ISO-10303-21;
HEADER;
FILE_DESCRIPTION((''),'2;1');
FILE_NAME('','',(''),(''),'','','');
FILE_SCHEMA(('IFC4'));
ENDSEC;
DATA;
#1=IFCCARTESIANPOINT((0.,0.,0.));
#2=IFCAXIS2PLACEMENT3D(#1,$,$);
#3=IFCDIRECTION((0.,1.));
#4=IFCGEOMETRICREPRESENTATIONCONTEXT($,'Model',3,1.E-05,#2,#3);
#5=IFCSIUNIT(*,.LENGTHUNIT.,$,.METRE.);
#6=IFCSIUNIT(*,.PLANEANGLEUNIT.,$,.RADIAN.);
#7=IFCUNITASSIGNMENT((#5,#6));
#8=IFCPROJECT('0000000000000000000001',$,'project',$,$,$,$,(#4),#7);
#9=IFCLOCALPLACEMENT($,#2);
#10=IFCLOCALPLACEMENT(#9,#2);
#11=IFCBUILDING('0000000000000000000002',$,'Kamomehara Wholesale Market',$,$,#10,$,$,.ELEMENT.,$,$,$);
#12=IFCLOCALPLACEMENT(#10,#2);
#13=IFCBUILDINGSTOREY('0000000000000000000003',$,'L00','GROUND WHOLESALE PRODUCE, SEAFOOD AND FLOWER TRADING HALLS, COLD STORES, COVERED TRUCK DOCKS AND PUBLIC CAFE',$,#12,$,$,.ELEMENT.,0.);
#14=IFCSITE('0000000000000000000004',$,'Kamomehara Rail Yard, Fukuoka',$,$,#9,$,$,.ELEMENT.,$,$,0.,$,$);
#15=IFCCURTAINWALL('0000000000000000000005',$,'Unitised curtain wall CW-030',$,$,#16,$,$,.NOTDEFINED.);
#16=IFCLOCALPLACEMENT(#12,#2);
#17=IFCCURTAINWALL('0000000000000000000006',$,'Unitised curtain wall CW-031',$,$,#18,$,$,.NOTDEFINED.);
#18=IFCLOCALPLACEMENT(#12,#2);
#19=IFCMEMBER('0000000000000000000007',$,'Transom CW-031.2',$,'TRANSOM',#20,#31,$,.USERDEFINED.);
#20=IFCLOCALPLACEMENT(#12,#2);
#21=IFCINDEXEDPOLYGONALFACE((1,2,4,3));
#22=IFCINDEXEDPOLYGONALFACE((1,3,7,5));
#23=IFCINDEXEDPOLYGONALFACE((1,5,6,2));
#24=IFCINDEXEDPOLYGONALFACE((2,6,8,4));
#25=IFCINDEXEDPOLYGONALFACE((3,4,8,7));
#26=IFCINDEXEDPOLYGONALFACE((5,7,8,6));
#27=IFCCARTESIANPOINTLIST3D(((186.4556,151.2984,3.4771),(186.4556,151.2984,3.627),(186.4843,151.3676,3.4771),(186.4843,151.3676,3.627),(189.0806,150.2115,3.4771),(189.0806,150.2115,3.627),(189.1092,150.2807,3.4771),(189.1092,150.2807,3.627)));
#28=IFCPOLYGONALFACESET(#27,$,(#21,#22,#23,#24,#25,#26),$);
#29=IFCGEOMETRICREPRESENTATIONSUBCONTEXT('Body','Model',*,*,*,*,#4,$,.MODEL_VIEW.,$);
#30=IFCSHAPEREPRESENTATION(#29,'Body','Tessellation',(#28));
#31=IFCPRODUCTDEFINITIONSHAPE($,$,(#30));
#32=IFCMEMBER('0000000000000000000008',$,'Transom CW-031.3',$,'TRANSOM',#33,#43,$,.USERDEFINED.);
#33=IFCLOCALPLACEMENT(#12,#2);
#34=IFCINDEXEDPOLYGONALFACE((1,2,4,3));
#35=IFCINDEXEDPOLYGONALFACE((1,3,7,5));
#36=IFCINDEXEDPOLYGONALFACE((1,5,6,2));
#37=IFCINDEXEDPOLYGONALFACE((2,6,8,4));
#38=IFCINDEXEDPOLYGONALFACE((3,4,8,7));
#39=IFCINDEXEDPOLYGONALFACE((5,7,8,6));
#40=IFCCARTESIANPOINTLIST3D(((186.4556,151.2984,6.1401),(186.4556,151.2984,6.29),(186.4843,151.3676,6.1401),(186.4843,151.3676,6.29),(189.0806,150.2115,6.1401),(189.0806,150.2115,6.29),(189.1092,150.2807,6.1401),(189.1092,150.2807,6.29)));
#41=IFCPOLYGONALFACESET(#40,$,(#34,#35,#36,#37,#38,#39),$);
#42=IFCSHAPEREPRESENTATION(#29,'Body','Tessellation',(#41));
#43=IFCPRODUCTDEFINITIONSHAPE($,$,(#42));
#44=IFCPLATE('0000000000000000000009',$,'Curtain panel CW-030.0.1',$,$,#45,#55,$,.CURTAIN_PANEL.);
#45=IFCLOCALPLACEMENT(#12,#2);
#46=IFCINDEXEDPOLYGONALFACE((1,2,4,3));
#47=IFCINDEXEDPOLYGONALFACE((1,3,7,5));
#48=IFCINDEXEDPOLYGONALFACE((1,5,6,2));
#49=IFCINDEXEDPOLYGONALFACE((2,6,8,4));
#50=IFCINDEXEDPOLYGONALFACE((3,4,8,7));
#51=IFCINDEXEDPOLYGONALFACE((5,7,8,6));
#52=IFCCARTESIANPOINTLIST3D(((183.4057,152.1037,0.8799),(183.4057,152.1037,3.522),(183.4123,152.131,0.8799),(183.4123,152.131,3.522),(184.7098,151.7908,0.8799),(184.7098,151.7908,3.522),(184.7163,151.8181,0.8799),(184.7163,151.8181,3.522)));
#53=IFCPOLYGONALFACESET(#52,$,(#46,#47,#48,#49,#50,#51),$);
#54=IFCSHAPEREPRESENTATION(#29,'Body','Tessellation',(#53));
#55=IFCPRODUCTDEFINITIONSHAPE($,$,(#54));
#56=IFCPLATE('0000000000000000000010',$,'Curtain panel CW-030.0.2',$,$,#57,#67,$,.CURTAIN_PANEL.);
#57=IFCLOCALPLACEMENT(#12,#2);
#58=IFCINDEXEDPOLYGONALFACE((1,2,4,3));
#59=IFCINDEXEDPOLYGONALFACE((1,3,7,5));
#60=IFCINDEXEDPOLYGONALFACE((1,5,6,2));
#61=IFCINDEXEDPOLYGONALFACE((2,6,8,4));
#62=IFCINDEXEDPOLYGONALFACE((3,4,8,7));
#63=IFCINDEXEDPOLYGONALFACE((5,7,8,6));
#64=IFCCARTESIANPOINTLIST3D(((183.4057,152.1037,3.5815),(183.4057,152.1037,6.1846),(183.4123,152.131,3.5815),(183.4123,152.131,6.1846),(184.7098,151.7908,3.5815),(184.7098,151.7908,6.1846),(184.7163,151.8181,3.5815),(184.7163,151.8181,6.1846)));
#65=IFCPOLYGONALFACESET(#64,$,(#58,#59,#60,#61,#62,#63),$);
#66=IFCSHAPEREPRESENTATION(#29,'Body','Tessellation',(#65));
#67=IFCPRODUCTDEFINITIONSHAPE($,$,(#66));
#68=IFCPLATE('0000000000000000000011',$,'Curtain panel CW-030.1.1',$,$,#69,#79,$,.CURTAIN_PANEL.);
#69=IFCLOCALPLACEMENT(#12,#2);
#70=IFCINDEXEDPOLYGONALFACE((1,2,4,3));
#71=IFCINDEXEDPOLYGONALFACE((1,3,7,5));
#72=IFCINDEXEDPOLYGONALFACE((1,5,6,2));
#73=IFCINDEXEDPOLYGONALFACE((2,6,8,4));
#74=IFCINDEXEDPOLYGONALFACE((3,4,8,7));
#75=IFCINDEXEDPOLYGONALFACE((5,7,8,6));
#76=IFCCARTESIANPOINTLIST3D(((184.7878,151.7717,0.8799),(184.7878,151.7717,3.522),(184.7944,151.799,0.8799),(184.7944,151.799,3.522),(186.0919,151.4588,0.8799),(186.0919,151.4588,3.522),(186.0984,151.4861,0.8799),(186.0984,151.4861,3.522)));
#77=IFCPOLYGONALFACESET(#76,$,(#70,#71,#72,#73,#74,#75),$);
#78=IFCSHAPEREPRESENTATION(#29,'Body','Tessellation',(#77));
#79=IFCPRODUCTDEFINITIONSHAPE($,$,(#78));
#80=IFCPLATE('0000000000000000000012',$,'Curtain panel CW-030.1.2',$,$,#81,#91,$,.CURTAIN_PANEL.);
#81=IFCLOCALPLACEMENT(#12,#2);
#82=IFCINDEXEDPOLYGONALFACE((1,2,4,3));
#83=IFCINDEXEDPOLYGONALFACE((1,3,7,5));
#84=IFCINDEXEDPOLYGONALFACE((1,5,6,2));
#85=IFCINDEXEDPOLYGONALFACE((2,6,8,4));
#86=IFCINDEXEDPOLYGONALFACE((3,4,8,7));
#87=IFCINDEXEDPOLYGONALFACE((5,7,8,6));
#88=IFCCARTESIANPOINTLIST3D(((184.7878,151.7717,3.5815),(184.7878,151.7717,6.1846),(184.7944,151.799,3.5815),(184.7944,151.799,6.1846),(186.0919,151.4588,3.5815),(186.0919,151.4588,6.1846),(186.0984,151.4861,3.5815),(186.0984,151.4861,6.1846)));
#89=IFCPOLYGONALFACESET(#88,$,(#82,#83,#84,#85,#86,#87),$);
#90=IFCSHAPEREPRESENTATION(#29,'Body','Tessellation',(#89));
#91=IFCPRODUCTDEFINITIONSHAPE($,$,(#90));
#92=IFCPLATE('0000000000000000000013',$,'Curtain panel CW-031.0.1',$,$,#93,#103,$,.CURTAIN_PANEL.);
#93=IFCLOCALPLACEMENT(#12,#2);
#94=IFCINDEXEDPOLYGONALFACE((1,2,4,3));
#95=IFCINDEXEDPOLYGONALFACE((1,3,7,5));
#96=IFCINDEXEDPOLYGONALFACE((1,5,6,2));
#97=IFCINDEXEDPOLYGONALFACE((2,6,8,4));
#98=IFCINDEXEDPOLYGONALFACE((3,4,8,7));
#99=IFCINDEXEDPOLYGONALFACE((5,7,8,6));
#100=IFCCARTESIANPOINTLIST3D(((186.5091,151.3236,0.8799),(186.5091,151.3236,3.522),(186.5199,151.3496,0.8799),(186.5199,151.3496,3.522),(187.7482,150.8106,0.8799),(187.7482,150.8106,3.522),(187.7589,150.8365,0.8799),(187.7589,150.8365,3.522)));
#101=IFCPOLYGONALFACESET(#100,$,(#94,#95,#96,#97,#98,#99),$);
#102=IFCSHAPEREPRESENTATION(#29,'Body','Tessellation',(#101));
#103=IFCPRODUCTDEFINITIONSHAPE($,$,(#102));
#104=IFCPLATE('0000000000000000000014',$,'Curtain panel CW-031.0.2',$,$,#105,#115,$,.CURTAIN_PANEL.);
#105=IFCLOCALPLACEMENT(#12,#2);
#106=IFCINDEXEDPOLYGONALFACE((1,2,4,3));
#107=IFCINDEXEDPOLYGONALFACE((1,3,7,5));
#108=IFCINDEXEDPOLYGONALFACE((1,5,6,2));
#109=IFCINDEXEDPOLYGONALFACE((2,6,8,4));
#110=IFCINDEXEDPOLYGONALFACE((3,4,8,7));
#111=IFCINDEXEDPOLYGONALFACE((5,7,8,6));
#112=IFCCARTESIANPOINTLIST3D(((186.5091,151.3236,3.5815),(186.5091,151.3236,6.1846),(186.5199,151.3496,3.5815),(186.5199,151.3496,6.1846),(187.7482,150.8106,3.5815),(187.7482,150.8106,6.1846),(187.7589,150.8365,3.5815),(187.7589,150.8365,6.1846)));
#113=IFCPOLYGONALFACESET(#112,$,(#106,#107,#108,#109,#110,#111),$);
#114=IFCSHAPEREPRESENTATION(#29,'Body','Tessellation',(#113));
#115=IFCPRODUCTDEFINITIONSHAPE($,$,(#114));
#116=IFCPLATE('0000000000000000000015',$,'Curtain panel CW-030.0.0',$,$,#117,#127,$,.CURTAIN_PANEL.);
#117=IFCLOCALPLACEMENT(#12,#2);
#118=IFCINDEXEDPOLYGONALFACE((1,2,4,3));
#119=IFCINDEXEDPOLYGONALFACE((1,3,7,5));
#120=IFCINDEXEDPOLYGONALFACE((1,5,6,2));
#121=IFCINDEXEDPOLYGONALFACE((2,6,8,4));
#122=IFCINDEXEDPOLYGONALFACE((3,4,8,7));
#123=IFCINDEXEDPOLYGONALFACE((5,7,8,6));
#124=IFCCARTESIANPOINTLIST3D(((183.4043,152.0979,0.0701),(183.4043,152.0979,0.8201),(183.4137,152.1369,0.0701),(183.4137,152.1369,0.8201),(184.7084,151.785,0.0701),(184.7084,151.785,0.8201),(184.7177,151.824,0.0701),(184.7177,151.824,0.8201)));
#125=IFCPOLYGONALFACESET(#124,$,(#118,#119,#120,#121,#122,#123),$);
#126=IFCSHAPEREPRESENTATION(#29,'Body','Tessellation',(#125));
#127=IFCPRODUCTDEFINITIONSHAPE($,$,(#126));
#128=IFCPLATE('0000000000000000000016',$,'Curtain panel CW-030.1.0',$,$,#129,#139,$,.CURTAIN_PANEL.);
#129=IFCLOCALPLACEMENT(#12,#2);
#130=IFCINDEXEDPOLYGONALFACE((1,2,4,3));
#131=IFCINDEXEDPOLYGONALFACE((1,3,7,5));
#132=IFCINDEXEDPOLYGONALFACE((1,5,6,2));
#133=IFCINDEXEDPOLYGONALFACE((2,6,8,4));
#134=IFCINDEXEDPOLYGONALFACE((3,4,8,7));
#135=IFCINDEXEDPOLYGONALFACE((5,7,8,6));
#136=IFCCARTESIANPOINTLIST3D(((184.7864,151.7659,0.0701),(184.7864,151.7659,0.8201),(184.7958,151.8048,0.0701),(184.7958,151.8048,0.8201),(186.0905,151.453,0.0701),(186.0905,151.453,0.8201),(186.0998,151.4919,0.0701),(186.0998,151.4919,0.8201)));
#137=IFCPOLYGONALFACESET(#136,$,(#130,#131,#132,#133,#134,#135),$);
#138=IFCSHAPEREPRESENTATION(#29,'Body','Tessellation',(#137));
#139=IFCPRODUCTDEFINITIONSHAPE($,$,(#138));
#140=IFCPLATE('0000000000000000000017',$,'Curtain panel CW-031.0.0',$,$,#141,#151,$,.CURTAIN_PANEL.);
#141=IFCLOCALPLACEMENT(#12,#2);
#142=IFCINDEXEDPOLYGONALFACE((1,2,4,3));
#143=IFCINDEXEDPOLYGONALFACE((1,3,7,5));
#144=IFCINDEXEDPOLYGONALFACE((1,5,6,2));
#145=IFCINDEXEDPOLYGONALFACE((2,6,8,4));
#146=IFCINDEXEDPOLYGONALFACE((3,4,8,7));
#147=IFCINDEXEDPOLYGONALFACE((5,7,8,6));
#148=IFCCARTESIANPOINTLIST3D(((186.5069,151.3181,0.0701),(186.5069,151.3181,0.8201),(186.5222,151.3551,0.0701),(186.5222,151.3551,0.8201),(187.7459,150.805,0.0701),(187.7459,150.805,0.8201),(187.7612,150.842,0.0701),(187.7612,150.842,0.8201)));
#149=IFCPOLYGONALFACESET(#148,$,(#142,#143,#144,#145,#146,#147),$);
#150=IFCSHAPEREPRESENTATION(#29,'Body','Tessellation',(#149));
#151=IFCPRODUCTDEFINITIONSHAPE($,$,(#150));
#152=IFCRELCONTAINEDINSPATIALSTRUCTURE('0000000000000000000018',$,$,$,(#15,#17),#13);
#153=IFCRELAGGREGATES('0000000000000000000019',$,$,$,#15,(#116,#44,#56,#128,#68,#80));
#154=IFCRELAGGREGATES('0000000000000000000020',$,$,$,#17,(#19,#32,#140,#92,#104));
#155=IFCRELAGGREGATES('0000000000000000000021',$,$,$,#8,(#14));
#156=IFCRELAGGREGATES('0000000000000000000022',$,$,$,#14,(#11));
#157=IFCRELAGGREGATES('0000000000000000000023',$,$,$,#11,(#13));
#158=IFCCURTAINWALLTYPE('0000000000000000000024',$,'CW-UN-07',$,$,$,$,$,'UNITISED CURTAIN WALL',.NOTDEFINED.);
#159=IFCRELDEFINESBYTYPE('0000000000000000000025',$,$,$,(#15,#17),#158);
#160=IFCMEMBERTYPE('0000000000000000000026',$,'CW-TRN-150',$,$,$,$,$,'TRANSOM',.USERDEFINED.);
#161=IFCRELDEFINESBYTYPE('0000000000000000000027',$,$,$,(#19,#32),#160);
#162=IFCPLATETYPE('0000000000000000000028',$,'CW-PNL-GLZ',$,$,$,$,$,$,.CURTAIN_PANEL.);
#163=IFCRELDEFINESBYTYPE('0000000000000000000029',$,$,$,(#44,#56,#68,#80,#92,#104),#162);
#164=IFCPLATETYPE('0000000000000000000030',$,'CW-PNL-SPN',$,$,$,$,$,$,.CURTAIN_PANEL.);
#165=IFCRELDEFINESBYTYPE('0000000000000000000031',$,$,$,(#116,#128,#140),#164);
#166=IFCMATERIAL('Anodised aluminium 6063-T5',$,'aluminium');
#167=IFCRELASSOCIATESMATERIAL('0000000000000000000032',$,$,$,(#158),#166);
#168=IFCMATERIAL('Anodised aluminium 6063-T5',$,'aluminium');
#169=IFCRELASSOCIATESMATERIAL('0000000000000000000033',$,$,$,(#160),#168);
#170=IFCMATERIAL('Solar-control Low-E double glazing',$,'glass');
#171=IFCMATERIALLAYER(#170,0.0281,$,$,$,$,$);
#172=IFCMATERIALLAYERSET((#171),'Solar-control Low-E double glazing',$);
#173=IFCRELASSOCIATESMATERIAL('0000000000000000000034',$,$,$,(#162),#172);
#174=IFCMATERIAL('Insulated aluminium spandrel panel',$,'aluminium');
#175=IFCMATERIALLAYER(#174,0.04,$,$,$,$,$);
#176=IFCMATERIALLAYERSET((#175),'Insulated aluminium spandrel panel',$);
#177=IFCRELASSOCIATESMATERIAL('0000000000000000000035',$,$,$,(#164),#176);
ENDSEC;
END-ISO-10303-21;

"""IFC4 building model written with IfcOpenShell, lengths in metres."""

from ifc_helpers import new_model, si_unit, direction, frame, origin, origin_2d, place, context, subcontext, project, spatial, rectangle, extrude, material, layer, layer_set, material_profile, profile_set, type_object, element, aggregate, save


model = new_model("IFC4")

# Units and contexts
model_context = context("Model", 3, precision=1e-05, world=origin(), true_north=direction((0.0, 1.0)))
body_context = subcontext(model_context, "Body", "Model", "MODEL_VIEW")
ifc_project = project(units=[si_unit("LENGTHUNIT", "METRE"), si_unit("PLANEANGLEUNIT", "RADIAN")], contexts=[model_context])

# Site, building, storey
site_placement = place(None, origin())
site = spatial("IfcSite", under=ifc_project, at=site_placement, Name="Kamomehara Rail Yard, Fukuoka", CompositionType="ELEMENT", RefElevation=0.0)
building_placement = place(site_placement, origin())
building = spatial("IfcBuilding", under=site, at=building_placement, Name="Kamomehara Wholesale Market", CompositionType="ELEMENT")
storey_placement = place(building_placement, origin())
storey = spatial("IfcBuildingStorey", under=building, at=storey_placement, Name="L00", Description="GROUND WHOLESALE PRODUCE, SEAFOOD AND FLOWER TRADING HALLS, COLD STORES, COVERED TRUCK DOCKS AND PUBLIC CAFE", CompositionType="ELEMENT", Elevation=0.0)

# Curtain walls, members
ifc_material_1 = material(Name="Anodised aluminium 6063-T5", Category="aluminium")
curtain_wall_type = type_object("IfcCurtainWallType", Name="CW-UN-07", ElementType="UNITISED CURTAIN WALL", PredefinedType="NOTDEFINED", material=ifc_material_1)
curtain_wall_1_placement = place(storey_placement, origin())
curtain_wall_1 = element("IfcCurtainWall", 1, at=curtain_wall_1_placement, inside=storey, type_object=curtain_wall_type, Name="Unitised curtain wall CW-030", PredefinedType="NOTDEFINED")
curtain_wall_2_placement = place(storey_placement, origin())
curtain_wall_2 = element("IfcCurtainWall", 2, at=curtain_wall_2_placement, inside=storey, type_object=curtain_wall_type, Name="Unitised curtain wall CW-031", PredefinedType="NOTDEFINED")
ifc_material_2 = material(Name="Anodised aluminium 6063-T5", Category="aluminium")
ifc_material_profile_1 = material_profile(ifc_material_2, rectangle(XDim=0.075, YDim=0.1499, at=origin_2d()), Name="ALU-TRN-75x150")
ifc_profile_set_1 = profile_set([ifc_material_profile_1], Name="Anodised aluminium 6063-T5")
member_type_1 = type_object("IfcMemberType", Name="CW-TRN-150", ElementType="TRANSOM", PredefinedType="USERDEFINED", material=ifc_profile_set_1)
member_1_placement = place(storey_placement, frame((186.47, 151.333, 3.552), z_axis=(0.923929, -0.382564, 0.0), x_axis=(0.382564, 0.923929, 0.0)))
member_1 = element("IfcMember", 3, at=member_1_placement, type_object=member_type_1, Name="Transom CW-031.2", ObjectType="TRANSOM", PredefinedType="USERDEFINED", context=body_context, shape_type="SweptSolid", body=[
    extrude(rectangle(XDim=0.075, YDim=0.1499, at=origin_2d()), origin(), (0.0, 0.0, 1.0), 2.8411),
])
member_2_placement = place(storey_placement, frame((186.47, 151.333, 6.2151), z_axis=(0.923929, -0.382564, 0.0), x_axis=(0.382564, 0.923929, 0.0)))
member_2 = element("IfcMember", 4, at=member_2_placement, type_object=member_type_1, Name="Transom CW-031.3", ObjectType="TRANSOM", PredefinedType="USERDEFINED", context=body_context, shape_type="SweptSolid", body=[
    extrude(rectangle(XDim=0.075, YDim=0.1499, at=origin_2d()), origin(), (0.0, 0.0, 1.0), 2.8411),
])

# Plates
ifc_material_3 = material(Name="Solar-control Low-E double glazing", Category="glass")
ifc_layer_1 = layer(ifc_material_3, 0.0281)
ifc_layer_set_1 = layer_set([ifc_layer_1], Name="Solar-control Low-E double glazing")
plate_type_1 = type_object("IfcPlateType", Name="CW-PNL-GLZ", PredefinedType="CURTAIN_PANEL", material=ifc_layer_set_1)
plate_1_placement = place(storey_placement, frame((184.061, 151.9609, 0.8799), z_axis=(0.0, 0.0, 1.0), x_axis=(0.972398, -0.233327, 0.0)))
plate_1 = element("IfcPlate", 5, at=plate_1_placement, type_object=plate_type_1, Name="Curtain panel CW-030.0.1", PredefinedType="CURTAIN_PANEL", context=body_context, shape_type="SweptSolid", body=[
    extrude(rectangle(XDim=1.3411, YDim=0.0281, at=origin_2d()), origin(), (0.0, 0.0, 1.0), 2.6421),
])
plate_2_placement = place(storey_placement, frame((184.061, 151.9609, 3.5815), z_axis=(0.0, 0.0, 1.0), x_axis=(0.972398, -0.233327, 0.0)))
plate_2 = element("IfcPlate", 6, at=plate_2_placement, type_object=plate_type_1, Name="Curtain panel CW-030.0.2", PredefinedType="CURTAIN_PANEL", context=body_context, shape_type="SweptSolid", body=[
    extrude(rectangle(XDim=1.3411, YDim=0.0281, at=origin_2d()), origin(), (0.0, 0.0, 1.0), 2.603),
])
plate_3_placement = place(storey_placement, frame((185.4431, 151.6289, 0.8799), z_axis=(0.0, 0.0, 1.0), x_axis=(0.972398, -0.233327, 0.0)))
plate_3 = element("IfcPlate", 7, at=plate_3_placement, type_object=plate_type_1, Name="Curtain panel CW-030.1.1", PredefinedType="CURTAIN_PANEL", context=body_context, shape_type="SweptSolid", body=[
    extrude(rectangle(XDim=1.3411, YDim=0.0281, at=origin_2d()), origin(), (0.0, 0.0, 1.0), 2.6421),
])
plate_4_placement = place(storey_placement, frame((185.4431, 151.6289, 3.5815), z_axis=(0.0, 0.0, 1.0), x_axis=(0.972398, -0.233327, 0.0)))
plate_4 = element("IfcPlate", 8, at=plate_4_placement, type_object=plate_type_1, Name="Curtain panel CW-030.1.2", PredefinedType="CURTAIN_PANEL", context=body_context, shape_type="SweptSolid", body=[
    extrude(rectangle(XDim=1.3411, YDim=0.0281, at=origin_2d()), origin(), (0.0, 0.0, 1.0), 2.603),
])
plate_5_placement = place(storey_placement, frame((187.134, 151.0801, 0.8799), z_axis=(0.0, 0.0, 1.0), x_axis=(0.92392, -0.382587, 0.0)))
plate_5 = element("IfcPlate", 9, at=plate_5_placement, type_object=plate_type_1, Name="Curtain panel CW-031.0.1", PredefinedType="CURTAIN_PANEL", context=body_context, shape_type="SweptSolid", body=[
    extrude(rectangle(XDim=1.3411, YDim=0.0281, at=origin_2d()), origin(), (0.0, 0.0, 1.0), 2.6421),
])
plate_6_placement = place(storey_placement, frame((187.134, 151.0801, 3.5815), z_axis=(0.0, 0.0, 1.0), x_axis=(0.92392, -0.382587, 0.0)))
plate_6 = element("IfcPlate", 10, at=plate_6_placement, type_object=plate_type_1, Name="Curtain panel CW-031.0.2", PredefinedType="CURTAIN_PANEL", context=body_context, shape_type="SweptSolid", body=[
    extrude(rectangle(XDim=1.3411, YDim=0.0281, at=origin_2d()), origin(), (0.0, 0.0, 1.0), 2.603),
])
ifc_material_4 = material(Name="Insulated aluminium spandrel panel", Category="aluminium")
ifc_layer_2 = layer(ifc_material_4, 0.04)
ifc_layer_set_2 = layer_set([ifc_layer_2], Name="Insulated aluminium spandrel panel")
plate_type_2 = type_object("IfcPlateType", Name="CW-PNL-SPN", PredefinedType="CURTAIN_PANEL", material=ifc_layer_set_2)
plate_7_placement = place(storey_placement, frame((184.061, 151.9609, 0.0701), z_axis=(0.0, 0.0, 1.0), x_axis=(0.972398, -0.233327, 0.0)))
plate_7 = element("IfcPlate", 11, at=plate_7_placement, type_object=plate_type_2, Name="Curtain panel CW-030.0.0", PredefinedType="CURTAIN_PANEL", context=body_context, shape_type="SweptSolid", body=[
    extrude(rectangle(XDim=1.3411, YDim=0.04, at=origin_2d()), origin(), (0.0, 0.0, 1.0), 0.75),
])
plate_8_placement = place(storey_placement, frame((185.4431, 151.6289, 0.0701), z_axis=(0.0, 0.0, 1.0), x_axis=(0.972398, -0.233327, 0.0)))
plate_8 = element("IfcPlate", 12, at=plate_8_placement, type_object=plate_type_2, Name="Curtain panel CW-030.1.0", PredefinedType="CURTAIN_PANEL", context=body_context, shape_type="SweptSolid", body=[
    extrude(rectangle(XDim=1.3411, YDim=0.04, at=origin_2d()), origin(), (0.0, 0.0, 1.0), 0.75),
])
aggregate(curtain_wall_1, [plate_7, plate_1, plate_2, plate_8, plate_3, plate_4])
plate_9_placement = place(storey_placement, frame((187.134, 151.0801, 0.0701), z_axis=(0.0, 0.0, 1.0), x_axis=(0.92392, -0.382587, 0.0)))
plate_9 = element("IfcPlate", 13, at=plate_9_placement, type_object=plate_type_2, Name="Curtain panel CW-031.0.0", PredefinedType="CURTAIN_PANEL", context=body_context, shape_type="SweptSolid", body=[
    extrude(rectangle(XDim=1.3411, YDim=0.04, at=origin_2d()), origin(), (0.0, 0.0, 1.0), 0.75),
])
aggregate(curtain_wall_2, [member_1, member_2, plate_9, plate_5, plate_6])

save(model, "model.ifc")
